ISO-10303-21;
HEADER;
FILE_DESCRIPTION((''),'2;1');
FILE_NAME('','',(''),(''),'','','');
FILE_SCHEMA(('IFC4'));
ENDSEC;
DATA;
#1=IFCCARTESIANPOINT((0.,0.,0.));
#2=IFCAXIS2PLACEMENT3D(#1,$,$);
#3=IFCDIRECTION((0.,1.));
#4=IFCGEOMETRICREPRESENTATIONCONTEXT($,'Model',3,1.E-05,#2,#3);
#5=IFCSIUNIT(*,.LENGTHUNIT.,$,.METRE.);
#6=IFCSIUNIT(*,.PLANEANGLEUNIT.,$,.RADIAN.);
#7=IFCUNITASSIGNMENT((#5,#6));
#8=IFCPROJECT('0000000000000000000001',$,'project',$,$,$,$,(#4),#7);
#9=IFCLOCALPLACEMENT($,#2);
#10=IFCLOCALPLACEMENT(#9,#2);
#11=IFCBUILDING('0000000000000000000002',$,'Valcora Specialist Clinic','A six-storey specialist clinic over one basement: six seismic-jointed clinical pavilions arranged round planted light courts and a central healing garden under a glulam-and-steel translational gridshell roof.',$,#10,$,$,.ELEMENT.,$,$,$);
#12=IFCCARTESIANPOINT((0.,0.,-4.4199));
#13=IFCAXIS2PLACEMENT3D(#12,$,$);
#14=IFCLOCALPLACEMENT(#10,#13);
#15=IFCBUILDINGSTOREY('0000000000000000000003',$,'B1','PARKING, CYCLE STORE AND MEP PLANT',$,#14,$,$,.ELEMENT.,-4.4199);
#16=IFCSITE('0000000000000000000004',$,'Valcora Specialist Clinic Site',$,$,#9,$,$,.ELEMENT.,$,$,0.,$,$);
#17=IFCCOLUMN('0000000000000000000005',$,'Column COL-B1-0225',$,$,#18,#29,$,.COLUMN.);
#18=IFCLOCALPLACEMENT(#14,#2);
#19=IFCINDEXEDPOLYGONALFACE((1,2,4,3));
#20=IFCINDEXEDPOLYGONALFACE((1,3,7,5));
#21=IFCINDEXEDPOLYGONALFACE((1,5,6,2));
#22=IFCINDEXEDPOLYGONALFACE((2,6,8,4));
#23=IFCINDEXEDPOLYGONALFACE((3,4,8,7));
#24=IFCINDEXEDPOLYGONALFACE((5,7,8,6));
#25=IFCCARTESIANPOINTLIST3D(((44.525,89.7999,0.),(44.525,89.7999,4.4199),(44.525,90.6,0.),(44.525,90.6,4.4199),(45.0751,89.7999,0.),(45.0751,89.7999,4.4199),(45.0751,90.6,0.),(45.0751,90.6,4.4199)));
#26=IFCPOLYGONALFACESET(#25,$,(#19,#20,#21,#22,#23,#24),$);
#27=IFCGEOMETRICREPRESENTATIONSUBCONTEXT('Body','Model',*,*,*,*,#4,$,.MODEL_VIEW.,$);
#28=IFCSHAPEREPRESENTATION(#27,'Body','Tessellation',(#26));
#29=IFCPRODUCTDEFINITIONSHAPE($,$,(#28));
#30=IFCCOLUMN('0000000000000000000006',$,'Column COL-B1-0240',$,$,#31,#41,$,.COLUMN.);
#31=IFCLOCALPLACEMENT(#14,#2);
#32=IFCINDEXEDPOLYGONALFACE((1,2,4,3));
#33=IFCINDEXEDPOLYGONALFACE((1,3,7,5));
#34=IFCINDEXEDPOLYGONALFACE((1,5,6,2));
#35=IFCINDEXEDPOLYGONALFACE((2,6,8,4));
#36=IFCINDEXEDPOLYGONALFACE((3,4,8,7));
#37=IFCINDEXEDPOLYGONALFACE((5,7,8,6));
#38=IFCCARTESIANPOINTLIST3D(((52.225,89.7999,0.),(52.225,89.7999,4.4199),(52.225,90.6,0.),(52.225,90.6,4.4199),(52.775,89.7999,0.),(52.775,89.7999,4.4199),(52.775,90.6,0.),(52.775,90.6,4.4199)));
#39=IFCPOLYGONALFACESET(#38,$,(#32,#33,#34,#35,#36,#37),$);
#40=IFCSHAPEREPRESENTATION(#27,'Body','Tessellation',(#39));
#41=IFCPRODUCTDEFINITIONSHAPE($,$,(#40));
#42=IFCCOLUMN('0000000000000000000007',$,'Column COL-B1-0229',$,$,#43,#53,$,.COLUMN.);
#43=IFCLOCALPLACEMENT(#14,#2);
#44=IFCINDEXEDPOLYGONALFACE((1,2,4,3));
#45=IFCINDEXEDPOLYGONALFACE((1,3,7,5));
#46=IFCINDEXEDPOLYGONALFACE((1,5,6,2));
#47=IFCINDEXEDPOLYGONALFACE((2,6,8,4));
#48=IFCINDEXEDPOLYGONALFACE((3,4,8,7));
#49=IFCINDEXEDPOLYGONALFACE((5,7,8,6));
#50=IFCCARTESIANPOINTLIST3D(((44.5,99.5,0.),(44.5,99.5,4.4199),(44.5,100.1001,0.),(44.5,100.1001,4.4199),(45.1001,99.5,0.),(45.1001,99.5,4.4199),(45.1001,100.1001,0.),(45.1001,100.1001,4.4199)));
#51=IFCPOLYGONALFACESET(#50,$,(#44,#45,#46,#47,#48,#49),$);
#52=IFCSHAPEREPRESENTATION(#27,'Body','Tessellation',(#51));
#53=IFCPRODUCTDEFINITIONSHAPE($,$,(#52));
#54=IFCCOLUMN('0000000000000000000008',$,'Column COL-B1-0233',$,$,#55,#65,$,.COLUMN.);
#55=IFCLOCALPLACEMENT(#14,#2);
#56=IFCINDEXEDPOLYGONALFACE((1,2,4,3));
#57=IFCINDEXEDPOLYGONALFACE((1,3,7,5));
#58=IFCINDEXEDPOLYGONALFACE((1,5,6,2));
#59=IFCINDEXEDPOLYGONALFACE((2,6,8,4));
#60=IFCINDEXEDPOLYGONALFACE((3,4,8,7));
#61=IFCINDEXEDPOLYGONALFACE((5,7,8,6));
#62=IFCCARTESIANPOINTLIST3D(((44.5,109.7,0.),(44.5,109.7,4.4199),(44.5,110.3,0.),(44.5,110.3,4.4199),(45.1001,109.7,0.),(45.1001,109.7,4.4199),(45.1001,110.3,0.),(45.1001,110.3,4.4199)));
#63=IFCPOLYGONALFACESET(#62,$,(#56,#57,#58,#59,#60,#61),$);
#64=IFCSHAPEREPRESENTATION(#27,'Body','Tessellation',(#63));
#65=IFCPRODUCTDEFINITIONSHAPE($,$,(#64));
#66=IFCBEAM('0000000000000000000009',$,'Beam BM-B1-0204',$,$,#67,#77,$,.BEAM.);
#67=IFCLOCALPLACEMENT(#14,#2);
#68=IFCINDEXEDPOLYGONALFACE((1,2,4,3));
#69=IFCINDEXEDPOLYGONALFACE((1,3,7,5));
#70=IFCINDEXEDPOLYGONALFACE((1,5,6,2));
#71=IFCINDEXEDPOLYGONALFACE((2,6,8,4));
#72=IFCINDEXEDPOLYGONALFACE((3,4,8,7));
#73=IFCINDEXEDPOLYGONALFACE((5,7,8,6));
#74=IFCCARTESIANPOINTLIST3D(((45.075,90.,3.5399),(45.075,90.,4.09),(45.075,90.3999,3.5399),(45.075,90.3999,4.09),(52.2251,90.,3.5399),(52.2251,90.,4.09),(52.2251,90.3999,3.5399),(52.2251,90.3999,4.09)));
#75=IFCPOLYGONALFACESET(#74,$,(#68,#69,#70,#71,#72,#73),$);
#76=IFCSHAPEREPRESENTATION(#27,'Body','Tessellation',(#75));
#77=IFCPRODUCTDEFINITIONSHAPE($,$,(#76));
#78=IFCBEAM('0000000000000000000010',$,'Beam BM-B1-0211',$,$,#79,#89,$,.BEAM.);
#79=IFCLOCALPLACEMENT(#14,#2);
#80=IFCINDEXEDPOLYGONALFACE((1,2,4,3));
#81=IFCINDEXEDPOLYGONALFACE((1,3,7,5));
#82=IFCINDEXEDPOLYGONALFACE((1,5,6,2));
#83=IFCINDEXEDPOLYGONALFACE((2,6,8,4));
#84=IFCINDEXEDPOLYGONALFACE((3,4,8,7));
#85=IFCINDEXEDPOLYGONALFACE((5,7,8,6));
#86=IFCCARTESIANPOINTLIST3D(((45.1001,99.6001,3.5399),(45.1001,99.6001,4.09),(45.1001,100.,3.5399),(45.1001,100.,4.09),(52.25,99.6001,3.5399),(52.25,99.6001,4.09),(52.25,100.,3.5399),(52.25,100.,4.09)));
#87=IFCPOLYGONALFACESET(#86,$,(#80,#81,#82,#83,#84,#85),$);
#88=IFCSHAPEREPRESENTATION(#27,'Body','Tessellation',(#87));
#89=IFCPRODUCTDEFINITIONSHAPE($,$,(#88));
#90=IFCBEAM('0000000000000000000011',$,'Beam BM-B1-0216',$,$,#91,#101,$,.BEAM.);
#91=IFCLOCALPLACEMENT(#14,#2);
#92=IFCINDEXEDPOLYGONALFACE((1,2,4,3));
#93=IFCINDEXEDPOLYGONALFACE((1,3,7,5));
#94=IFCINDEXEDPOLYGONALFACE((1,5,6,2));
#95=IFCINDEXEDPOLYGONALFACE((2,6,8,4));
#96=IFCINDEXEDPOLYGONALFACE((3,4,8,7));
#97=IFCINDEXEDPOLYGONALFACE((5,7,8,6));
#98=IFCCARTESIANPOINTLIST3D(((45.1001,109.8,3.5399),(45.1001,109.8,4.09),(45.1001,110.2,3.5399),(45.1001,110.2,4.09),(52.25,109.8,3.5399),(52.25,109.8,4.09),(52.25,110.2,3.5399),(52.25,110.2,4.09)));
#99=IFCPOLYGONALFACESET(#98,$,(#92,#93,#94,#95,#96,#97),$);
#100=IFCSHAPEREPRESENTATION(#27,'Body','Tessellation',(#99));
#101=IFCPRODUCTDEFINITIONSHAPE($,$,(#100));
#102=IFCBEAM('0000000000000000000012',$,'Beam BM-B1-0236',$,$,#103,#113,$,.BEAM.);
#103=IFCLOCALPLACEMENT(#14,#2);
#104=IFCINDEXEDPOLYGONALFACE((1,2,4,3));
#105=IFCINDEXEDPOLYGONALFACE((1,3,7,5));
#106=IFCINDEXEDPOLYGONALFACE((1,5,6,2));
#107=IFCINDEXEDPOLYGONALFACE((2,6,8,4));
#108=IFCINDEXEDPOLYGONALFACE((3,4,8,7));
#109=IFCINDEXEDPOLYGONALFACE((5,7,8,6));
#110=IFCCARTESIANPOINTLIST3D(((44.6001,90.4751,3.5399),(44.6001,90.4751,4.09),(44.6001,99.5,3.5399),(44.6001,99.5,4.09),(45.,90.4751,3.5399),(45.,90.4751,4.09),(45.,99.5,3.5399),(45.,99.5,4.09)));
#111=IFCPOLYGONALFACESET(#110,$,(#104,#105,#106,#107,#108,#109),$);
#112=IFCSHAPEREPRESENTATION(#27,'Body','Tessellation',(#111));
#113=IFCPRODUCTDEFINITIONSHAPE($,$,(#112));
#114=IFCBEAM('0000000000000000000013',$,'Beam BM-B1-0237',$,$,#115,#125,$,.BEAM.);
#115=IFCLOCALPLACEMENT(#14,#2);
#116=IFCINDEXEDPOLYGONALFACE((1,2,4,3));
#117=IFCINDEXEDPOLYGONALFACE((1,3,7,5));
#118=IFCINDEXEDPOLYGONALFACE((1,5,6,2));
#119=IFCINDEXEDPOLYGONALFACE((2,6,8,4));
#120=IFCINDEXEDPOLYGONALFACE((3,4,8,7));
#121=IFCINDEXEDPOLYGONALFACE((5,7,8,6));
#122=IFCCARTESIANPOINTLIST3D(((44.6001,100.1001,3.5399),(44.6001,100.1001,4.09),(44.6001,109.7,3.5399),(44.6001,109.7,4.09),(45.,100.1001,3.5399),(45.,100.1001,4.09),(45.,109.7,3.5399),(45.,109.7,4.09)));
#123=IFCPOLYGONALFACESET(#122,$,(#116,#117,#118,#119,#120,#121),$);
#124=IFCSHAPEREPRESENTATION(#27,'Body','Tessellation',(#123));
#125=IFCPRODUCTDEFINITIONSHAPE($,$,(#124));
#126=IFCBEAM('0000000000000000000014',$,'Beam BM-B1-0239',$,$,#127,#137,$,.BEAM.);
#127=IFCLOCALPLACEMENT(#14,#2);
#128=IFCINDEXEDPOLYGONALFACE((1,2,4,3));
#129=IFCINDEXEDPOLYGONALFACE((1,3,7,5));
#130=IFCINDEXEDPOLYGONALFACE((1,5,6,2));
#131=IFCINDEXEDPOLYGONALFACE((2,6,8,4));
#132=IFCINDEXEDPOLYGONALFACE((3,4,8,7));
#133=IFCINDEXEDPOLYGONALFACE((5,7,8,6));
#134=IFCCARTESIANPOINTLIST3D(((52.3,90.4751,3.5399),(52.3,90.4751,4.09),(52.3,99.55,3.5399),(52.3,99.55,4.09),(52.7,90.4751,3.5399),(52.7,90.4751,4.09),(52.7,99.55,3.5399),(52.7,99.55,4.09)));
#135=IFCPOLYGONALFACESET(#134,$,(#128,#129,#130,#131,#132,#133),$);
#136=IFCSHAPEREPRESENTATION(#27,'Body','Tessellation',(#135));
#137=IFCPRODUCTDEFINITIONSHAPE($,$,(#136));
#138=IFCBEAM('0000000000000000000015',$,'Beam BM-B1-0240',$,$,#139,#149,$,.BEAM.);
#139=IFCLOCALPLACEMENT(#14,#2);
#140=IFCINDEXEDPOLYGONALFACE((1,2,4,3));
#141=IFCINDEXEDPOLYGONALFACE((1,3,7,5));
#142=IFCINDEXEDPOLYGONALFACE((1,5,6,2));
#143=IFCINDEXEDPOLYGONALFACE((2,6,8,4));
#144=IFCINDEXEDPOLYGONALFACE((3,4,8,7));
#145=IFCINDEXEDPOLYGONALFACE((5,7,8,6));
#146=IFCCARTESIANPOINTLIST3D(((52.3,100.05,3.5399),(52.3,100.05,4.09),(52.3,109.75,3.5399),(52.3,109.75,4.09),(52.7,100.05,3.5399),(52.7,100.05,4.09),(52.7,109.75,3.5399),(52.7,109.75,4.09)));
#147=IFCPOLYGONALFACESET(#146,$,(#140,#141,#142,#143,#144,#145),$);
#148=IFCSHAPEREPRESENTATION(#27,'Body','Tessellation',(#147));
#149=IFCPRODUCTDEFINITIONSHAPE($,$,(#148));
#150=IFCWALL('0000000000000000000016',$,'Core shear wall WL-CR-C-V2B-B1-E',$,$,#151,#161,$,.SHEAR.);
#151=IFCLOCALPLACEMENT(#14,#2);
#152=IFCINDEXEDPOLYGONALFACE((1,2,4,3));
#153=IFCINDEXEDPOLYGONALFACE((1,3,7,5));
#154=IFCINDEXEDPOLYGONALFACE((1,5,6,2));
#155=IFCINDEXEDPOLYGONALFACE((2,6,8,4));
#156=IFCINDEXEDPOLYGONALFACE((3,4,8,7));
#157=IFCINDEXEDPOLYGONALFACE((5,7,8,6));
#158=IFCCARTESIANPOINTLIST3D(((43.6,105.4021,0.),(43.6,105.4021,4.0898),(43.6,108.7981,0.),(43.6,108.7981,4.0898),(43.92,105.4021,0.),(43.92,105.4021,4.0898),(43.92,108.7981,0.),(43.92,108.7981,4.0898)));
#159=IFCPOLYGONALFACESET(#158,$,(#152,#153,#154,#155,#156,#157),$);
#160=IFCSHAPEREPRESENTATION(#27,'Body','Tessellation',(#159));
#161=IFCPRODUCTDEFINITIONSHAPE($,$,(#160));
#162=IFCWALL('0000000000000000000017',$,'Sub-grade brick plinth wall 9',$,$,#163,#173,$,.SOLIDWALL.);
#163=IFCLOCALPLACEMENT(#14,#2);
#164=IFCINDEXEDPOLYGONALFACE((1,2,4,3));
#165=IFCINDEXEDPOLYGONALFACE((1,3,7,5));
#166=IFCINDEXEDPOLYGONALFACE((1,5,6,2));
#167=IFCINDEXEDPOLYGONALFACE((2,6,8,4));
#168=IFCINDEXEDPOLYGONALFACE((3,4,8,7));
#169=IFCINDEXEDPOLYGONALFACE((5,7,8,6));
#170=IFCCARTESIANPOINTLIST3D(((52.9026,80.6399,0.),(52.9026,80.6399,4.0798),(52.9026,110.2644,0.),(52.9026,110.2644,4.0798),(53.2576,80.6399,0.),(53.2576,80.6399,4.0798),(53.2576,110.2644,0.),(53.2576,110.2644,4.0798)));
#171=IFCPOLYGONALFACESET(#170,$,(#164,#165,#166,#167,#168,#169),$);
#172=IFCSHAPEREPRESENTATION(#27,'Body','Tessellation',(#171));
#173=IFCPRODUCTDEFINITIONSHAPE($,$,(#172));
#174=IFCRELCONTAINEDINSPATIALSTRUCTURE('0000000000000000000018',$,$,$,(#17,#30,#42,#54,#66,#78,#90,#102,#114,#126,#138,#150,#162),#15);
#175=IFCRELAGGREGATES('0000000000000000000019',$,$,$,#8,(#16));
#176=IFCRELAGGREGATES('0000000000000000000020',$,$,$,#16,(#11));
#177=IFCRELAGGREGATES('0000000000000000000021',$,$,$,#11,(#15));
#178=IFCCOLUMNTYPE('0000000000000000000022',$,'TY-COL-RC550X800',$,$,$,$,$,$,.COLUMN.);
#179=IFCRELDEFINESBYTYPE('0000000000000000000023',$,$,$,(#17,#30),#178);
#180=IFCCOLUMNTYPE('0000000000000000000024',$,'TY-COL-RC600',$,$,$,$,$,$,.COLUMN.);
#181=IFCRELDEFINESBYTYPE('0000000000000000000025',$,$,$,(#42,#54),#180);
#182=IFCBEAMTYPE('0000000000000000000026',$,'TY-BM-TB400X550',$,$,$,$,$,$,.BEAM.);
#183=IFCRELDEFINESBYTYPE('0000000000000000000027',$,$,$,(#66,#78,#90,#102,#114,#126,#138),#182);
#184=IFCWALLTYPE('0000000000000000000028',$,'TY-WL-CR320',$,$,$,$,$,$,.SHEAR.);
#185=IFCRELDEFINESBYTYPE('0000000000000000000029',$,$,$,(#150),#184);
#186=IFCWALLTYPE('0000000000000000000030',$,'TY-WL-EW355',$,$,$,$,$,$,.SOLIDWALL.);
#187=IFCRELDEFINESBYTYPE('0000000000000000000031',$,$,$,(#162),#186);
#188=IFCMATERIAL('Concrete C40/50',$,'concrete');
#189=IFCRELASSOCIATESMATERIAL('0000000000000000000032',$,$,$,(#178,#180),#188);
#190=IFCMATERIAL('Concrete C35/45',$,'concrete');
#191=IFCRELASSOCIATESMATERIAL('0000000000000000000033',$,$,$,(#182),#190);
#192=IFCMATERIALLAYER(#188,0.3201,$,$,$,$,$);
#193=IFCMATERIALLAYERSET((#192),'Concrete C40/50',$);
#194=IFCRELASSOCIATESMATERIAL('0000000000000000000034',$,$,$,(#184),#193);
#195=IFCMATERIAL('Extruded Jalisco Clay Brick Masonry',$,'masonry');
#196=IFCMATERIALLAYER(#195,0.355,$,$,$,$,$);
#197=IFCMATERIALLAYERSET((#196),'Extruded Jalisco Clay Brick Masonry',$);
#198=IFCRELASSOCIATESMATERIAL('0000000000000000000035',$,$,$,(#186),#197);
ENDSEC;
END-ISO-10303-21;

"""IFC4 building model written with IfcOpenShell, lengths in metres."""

from ifc_helpers import new_model, si_unit, direction, frame, frame_2d, origin, origin_2d, place, context, subcontext, project, spatial, rectangle, extrude, material, layer, layer_set, material_profile, profile_set, type_object, element, save


model = new_model("IFC4")

# Units and contexts
model_context = context("Model", 3, precision=1e-05, world=origin(), true_north=direction((0.0, 1.0)))
body_context = subcontext(model_context, "Body", "Model", "MODEL_VIEW")
ifc_project = project(units=[si_unit("LENGTHUNIT", "METRE"), si_unit("PLANEANGLEUNIT", "RADIAN")], contexts=[model_context])

# Site, building, storey
site_placement = place(None, origin())
site = spatial("IfcSite", under=ifc_project, at=site_placement, Name="Valcora Specialist Clinic Site", CompositionType="ELEMENT", RefElevation=0.0)
building_placement = place(site_placement, origin())
building = spatial("IfcBuilding", under=site, at=building_placement, Name="Valcora Specialist Clinic", Description="A six-storey specialist clinic over one basement: six seismic-jointed clinical pavilions arranged round planted light courts and a central healing garden under a glulam-and-steel translational gridshell roof.", CompositionType="ELEMENT")
storey_placement = place(building_placement, frame((0.0, 0.0, -4.4199)))
storey = spatial("IfcBuildingStorey", under=building, at=storey_placement, Name="B1", Description="PARKING, CYCLE STORE AND MEP PLANT", CompositionType="ELEMENT", Elevation=-4.4199)

# Shared definitions
ifc_material_1 = material(Name="Concrete C35/45", Category="concrete")

# Columns
ifc_material_2 = material(Name="Concrete C40/50", Category="concrete")
ifc_material_profile_1 = material_profile(ifc_material_2, rectangle(XDim=0.55, YDim=0.8, at=origin_2d()), Name="RC-COL-550X800")
ifc_profile_set_1 = profile_set([ifc_material_profile_1], Name="Concrete C40/50")
column_type_1 = type_object("IfcColumnType", Name="TY-COL-RC550X800", PredefinedType="COLUMN", material=ifc_profile_set_1)
for number, where, z_axis, x_axis, name in (
    (1, (44.8, 90.2, 0.0), (0.0, 0.0, 1.0), (1.0, 0.0, 0.0), "Column COL-B1-0225"),
    (2, (52.5, 90.2, 0.0), (0.0, 0.0, 1.0), (1.0, 0.0, 0.0), "Column COL-B1-0240"),
):
    element("IfcColumn", number, at=place(storey_placement, frame(where, z_axis=z_axis, x_axis=x_axis)), inside=storey, type_object=column_type_1, Name=name, PredefinedType="COLUMN", context=body_context, shape_type="SweptSolid", body=[
        extrude(rectangle(XDim=0.55, YDim=0.8, at=origin_2d()), origin(), (0.0, 0.0, 1.0), 4.4199),
    ])
ifc_material_profile_2 = material_profile(ifc_material_2, rectangle(XDim=0.6001, YDim=0.6001, at=origin_2d()), Name="RC-COL-600X600")
ifc_profile_set_2 = profile_set([ifc_material_profile_2], Name="Concrete C40/50")
column_type_2 = type_object("IfcColumnType", Name="TY-COL-RC600", PredefinedType="COLUMN", material=ifc_profile_set_2)
for number, where, z_axis, x_axis, name in (
    (3, (44.8, 99.8, 0.0), (0.0, 0.0, 1.0), (1.0, 0.0, 0.0), "Column COL-B1-0229"),
    (4, (44.8, 110.0, 0.0), (0.0, 0.0, 1.0), (1.0, 0.0, 0.0), "Column COL-B1-0233"),
):
    element("IfcColumn", number, at=place(storey_placement, frame(where, z_axis=z_axis, x_axis=x_axis)), inside=storey, type_object=column_type_2, Name=name, PredefinedType="COLUMN", context=body_context, shape_type="SweptSolid", body=[
        extrude(rectangle(XDim=0.6001, YDim=0.6001, at=origin_2d()), origin(), (0.0, 0.0, 1.0), 4.4199),
    ])

# Beams
ifc_material_profile_3 = material_profile(ifc_material_1, rectangle(XDim=0.3999, YDim=0.55, at=origin_2d()), Name="RC-TB-400X550")
ifc_profile_set_3 = profile_set([ifc_material_profile_3], Name="Concrete C35/45")
beam_type = type_object("IfcBeamType", Name="TY-BM-TB400X550", PredefinedType="BEAM", material=ifc_profile_set_3)
beam_1_placement = place(storey_placement, frame((45.075, 90.2, 3.8149), z_axis=(1.0, 0.0, 0.0), x_axis=(0.0, 1.0, 0.0)))
element("IfcBeam", 5, at=beam_1_placement, inside=storey, type_object=beam_type, Name="Beam BM-B1-0204", PredefinedType="BEAM", context=body_context, shape_type="SweptSolid", body=[
    extrude(rectangle(XDim=0.3999, YDim=0.55, at=origin_2d()), origin(), (0.0, 0.0, 1.0), 7.1501),
])
for number, where, z_axis, x_axis, name in (
    (6, (45.1001, 99.8, 3.8149), (1.0, 0.0, 0.0), (0.0, 1.0, 0.0), "Beam BM-B1-0211"),
    (7, (45.1001, 110.0, 3.8149), (1.0, 0.0, 0.0), (0.0, 1.0, 0.0), "Beam BM-B1-0216"),
):
    element("IfcBeam", number, at=place(storey_placement, frame(where, z_axis=z_axis, x_axis=x_axis)), inside=storey, type_object=beam_type, Name=name, PredefinedType="BEAM", context=body_context, shape_type="SweptSolid", body=[
        extrude(rectangle(XDim=0.3999, YDim=0.55, at=origin_2d()), origin(), (0.0, 0.0, 1.0), 7.1499),
    ])
beam_2_placement = place(storey_placement, frame((44.8, 90.4751, 3.8149), z_axis=(0.0, 1.0, 0.0), x_axis=(-1.0, 0.0, 0.0)))
element("IfcBeam", 8, at=beam_2_placement, inside=storey, type_object=beam_type, Name="Beam BM-B1-0236", PredefinedType="BEAM", context=body_context, shape_type="SweptSolid", body=[
    extrude(rectangle(XDim=0.3999, YDim=0.55, at=origin_2d()), origin(), (0.0, 0.0, 1.0), 9.0249),
])
beam_3_placement = place(storey_placement, frame((44.8, 100.1001, 3.8149), z_axis=(0.0, 1.0, 0.0), x_axis=(-1.0, 0.0, 0.0)))
element("IfcBeam", 9, at=beam_3_placement, inside=storey, type_object=beam_type, Name="Beam BM-B1-0237", PredefinedType="BEAM", context=body_context, shape_type="SweptSolid", body=[
    extrude(rectangle(XDim=0.3999, YDim=0.55, at=origin_2d()), origin(), (0.0, 0.0, 1.0), 9.5999),
])
beam_4_placement = place(storey_placement, frame((52.5, 90.4751, 3.8149), z_axis=(0.0, 1.0, 0.0), x_axis=(-1.0, 0.0, 0.0)))
element("IfcBeam", 10, at=beam_4_placement, inside=storey, type_object=beam_type, Name="Beam BM-B1-0239", PredefinedType="BEAM", context=body_context, shape_type="SweptSolid", body=[
    extrude(rectangle(XDim=0.3999, YDim=0.55, at=origin_2d()), origin(), (0.0, 0.0, 1.0), 9.075),
])
beam_5_placement = place(storey_placement, frame((52.5, 100.05, 3.8149), z_axis=(0.0, 1.0, 0.0), x_axis=(-1.0, 0.0, 0.0)))
element("IfcBeam", 11, at=beam_5_placement, inside=storey, type_object=beam_type, Name="Beam BM-B1-0240", PredefinedType="BEAM", context=body_context, shape_type="SweptSolid", body=[
    extrude(rectangle(XDim=0.3999, YDim=0.55, at=origin_2d()), origin(), (0.0, 0.0, 1.0), 9.7),
])

# Walls
ifc_layer_1 = layer(ifc_material_2, 0.3201)
ifc_layer_set_1 = layer_set([ifc_layer_1], Name="Concrete C40/50")
wall_type_1 = type_object("IfcWallType", Name="TY-WL-CR320", PredefinedType="SHEAR", material=ifc_layer_set_1)
wall_1_placement = place(storey_placement, frame((43.76, 105.4021, 0.0), z_axis=(0.0, 0.0, 1.0), x_axis=(0.0, 1.0, 0.0)))
element("IfcWall", 12, at=wall_1_placement, inside=storey, type_object=wall_type_1, Name="Core shear wall WL-CR-C-V2B-B1-E", PredefinedType="SHEAR", context=body_context, shape_type="SweptSolid", body=[
    extrude(rectangle(XDim=3.396, YDim=0.3201, at=frame_2d((1.698, 0.0))), origin(), (0.0, 0.0, 1.0), 4.0898),
])
ifc_material_3 = material(Name="Extruded Jalisco Clay Brick Masonry", Category="masonry")
ifc_layer_2 = layer(ifc_material_3, 0.355)
ifc_layer_set_2 = layer_set([ifc_layer_2], Name="Extruded Jalisco Clay Brick Masonry")
wall_type_2 = type_object("IfcWallType", Name="TY-WL-EW355", PredefinedType="SOLIDWALL", material=ifc_layer_set_2)
wall_2_placement = place(storey_placement, frame((53.0801, 110.2644, 0.0), z_axis=(0.0, 0.0, 1.0), x_axis=(0.0, -1.0, 0.0)))
element("IfcWall", 13, at=wall_2_placement, inside=storey, type_object=wall_type_2, Name="Sub-grade brick plinth wall 9", PredefinedType="SOLIDWALL", context=body_context, shape_type="SweptSolid", body=[
    extrude(rectangle(XDim=29.6245, YDim=0.355, at=frame_2d((14.8123, 0.0))), origin(), (0.0, 0.0, 1.0), 4.0798),
])

save(model, "model.ifc")
